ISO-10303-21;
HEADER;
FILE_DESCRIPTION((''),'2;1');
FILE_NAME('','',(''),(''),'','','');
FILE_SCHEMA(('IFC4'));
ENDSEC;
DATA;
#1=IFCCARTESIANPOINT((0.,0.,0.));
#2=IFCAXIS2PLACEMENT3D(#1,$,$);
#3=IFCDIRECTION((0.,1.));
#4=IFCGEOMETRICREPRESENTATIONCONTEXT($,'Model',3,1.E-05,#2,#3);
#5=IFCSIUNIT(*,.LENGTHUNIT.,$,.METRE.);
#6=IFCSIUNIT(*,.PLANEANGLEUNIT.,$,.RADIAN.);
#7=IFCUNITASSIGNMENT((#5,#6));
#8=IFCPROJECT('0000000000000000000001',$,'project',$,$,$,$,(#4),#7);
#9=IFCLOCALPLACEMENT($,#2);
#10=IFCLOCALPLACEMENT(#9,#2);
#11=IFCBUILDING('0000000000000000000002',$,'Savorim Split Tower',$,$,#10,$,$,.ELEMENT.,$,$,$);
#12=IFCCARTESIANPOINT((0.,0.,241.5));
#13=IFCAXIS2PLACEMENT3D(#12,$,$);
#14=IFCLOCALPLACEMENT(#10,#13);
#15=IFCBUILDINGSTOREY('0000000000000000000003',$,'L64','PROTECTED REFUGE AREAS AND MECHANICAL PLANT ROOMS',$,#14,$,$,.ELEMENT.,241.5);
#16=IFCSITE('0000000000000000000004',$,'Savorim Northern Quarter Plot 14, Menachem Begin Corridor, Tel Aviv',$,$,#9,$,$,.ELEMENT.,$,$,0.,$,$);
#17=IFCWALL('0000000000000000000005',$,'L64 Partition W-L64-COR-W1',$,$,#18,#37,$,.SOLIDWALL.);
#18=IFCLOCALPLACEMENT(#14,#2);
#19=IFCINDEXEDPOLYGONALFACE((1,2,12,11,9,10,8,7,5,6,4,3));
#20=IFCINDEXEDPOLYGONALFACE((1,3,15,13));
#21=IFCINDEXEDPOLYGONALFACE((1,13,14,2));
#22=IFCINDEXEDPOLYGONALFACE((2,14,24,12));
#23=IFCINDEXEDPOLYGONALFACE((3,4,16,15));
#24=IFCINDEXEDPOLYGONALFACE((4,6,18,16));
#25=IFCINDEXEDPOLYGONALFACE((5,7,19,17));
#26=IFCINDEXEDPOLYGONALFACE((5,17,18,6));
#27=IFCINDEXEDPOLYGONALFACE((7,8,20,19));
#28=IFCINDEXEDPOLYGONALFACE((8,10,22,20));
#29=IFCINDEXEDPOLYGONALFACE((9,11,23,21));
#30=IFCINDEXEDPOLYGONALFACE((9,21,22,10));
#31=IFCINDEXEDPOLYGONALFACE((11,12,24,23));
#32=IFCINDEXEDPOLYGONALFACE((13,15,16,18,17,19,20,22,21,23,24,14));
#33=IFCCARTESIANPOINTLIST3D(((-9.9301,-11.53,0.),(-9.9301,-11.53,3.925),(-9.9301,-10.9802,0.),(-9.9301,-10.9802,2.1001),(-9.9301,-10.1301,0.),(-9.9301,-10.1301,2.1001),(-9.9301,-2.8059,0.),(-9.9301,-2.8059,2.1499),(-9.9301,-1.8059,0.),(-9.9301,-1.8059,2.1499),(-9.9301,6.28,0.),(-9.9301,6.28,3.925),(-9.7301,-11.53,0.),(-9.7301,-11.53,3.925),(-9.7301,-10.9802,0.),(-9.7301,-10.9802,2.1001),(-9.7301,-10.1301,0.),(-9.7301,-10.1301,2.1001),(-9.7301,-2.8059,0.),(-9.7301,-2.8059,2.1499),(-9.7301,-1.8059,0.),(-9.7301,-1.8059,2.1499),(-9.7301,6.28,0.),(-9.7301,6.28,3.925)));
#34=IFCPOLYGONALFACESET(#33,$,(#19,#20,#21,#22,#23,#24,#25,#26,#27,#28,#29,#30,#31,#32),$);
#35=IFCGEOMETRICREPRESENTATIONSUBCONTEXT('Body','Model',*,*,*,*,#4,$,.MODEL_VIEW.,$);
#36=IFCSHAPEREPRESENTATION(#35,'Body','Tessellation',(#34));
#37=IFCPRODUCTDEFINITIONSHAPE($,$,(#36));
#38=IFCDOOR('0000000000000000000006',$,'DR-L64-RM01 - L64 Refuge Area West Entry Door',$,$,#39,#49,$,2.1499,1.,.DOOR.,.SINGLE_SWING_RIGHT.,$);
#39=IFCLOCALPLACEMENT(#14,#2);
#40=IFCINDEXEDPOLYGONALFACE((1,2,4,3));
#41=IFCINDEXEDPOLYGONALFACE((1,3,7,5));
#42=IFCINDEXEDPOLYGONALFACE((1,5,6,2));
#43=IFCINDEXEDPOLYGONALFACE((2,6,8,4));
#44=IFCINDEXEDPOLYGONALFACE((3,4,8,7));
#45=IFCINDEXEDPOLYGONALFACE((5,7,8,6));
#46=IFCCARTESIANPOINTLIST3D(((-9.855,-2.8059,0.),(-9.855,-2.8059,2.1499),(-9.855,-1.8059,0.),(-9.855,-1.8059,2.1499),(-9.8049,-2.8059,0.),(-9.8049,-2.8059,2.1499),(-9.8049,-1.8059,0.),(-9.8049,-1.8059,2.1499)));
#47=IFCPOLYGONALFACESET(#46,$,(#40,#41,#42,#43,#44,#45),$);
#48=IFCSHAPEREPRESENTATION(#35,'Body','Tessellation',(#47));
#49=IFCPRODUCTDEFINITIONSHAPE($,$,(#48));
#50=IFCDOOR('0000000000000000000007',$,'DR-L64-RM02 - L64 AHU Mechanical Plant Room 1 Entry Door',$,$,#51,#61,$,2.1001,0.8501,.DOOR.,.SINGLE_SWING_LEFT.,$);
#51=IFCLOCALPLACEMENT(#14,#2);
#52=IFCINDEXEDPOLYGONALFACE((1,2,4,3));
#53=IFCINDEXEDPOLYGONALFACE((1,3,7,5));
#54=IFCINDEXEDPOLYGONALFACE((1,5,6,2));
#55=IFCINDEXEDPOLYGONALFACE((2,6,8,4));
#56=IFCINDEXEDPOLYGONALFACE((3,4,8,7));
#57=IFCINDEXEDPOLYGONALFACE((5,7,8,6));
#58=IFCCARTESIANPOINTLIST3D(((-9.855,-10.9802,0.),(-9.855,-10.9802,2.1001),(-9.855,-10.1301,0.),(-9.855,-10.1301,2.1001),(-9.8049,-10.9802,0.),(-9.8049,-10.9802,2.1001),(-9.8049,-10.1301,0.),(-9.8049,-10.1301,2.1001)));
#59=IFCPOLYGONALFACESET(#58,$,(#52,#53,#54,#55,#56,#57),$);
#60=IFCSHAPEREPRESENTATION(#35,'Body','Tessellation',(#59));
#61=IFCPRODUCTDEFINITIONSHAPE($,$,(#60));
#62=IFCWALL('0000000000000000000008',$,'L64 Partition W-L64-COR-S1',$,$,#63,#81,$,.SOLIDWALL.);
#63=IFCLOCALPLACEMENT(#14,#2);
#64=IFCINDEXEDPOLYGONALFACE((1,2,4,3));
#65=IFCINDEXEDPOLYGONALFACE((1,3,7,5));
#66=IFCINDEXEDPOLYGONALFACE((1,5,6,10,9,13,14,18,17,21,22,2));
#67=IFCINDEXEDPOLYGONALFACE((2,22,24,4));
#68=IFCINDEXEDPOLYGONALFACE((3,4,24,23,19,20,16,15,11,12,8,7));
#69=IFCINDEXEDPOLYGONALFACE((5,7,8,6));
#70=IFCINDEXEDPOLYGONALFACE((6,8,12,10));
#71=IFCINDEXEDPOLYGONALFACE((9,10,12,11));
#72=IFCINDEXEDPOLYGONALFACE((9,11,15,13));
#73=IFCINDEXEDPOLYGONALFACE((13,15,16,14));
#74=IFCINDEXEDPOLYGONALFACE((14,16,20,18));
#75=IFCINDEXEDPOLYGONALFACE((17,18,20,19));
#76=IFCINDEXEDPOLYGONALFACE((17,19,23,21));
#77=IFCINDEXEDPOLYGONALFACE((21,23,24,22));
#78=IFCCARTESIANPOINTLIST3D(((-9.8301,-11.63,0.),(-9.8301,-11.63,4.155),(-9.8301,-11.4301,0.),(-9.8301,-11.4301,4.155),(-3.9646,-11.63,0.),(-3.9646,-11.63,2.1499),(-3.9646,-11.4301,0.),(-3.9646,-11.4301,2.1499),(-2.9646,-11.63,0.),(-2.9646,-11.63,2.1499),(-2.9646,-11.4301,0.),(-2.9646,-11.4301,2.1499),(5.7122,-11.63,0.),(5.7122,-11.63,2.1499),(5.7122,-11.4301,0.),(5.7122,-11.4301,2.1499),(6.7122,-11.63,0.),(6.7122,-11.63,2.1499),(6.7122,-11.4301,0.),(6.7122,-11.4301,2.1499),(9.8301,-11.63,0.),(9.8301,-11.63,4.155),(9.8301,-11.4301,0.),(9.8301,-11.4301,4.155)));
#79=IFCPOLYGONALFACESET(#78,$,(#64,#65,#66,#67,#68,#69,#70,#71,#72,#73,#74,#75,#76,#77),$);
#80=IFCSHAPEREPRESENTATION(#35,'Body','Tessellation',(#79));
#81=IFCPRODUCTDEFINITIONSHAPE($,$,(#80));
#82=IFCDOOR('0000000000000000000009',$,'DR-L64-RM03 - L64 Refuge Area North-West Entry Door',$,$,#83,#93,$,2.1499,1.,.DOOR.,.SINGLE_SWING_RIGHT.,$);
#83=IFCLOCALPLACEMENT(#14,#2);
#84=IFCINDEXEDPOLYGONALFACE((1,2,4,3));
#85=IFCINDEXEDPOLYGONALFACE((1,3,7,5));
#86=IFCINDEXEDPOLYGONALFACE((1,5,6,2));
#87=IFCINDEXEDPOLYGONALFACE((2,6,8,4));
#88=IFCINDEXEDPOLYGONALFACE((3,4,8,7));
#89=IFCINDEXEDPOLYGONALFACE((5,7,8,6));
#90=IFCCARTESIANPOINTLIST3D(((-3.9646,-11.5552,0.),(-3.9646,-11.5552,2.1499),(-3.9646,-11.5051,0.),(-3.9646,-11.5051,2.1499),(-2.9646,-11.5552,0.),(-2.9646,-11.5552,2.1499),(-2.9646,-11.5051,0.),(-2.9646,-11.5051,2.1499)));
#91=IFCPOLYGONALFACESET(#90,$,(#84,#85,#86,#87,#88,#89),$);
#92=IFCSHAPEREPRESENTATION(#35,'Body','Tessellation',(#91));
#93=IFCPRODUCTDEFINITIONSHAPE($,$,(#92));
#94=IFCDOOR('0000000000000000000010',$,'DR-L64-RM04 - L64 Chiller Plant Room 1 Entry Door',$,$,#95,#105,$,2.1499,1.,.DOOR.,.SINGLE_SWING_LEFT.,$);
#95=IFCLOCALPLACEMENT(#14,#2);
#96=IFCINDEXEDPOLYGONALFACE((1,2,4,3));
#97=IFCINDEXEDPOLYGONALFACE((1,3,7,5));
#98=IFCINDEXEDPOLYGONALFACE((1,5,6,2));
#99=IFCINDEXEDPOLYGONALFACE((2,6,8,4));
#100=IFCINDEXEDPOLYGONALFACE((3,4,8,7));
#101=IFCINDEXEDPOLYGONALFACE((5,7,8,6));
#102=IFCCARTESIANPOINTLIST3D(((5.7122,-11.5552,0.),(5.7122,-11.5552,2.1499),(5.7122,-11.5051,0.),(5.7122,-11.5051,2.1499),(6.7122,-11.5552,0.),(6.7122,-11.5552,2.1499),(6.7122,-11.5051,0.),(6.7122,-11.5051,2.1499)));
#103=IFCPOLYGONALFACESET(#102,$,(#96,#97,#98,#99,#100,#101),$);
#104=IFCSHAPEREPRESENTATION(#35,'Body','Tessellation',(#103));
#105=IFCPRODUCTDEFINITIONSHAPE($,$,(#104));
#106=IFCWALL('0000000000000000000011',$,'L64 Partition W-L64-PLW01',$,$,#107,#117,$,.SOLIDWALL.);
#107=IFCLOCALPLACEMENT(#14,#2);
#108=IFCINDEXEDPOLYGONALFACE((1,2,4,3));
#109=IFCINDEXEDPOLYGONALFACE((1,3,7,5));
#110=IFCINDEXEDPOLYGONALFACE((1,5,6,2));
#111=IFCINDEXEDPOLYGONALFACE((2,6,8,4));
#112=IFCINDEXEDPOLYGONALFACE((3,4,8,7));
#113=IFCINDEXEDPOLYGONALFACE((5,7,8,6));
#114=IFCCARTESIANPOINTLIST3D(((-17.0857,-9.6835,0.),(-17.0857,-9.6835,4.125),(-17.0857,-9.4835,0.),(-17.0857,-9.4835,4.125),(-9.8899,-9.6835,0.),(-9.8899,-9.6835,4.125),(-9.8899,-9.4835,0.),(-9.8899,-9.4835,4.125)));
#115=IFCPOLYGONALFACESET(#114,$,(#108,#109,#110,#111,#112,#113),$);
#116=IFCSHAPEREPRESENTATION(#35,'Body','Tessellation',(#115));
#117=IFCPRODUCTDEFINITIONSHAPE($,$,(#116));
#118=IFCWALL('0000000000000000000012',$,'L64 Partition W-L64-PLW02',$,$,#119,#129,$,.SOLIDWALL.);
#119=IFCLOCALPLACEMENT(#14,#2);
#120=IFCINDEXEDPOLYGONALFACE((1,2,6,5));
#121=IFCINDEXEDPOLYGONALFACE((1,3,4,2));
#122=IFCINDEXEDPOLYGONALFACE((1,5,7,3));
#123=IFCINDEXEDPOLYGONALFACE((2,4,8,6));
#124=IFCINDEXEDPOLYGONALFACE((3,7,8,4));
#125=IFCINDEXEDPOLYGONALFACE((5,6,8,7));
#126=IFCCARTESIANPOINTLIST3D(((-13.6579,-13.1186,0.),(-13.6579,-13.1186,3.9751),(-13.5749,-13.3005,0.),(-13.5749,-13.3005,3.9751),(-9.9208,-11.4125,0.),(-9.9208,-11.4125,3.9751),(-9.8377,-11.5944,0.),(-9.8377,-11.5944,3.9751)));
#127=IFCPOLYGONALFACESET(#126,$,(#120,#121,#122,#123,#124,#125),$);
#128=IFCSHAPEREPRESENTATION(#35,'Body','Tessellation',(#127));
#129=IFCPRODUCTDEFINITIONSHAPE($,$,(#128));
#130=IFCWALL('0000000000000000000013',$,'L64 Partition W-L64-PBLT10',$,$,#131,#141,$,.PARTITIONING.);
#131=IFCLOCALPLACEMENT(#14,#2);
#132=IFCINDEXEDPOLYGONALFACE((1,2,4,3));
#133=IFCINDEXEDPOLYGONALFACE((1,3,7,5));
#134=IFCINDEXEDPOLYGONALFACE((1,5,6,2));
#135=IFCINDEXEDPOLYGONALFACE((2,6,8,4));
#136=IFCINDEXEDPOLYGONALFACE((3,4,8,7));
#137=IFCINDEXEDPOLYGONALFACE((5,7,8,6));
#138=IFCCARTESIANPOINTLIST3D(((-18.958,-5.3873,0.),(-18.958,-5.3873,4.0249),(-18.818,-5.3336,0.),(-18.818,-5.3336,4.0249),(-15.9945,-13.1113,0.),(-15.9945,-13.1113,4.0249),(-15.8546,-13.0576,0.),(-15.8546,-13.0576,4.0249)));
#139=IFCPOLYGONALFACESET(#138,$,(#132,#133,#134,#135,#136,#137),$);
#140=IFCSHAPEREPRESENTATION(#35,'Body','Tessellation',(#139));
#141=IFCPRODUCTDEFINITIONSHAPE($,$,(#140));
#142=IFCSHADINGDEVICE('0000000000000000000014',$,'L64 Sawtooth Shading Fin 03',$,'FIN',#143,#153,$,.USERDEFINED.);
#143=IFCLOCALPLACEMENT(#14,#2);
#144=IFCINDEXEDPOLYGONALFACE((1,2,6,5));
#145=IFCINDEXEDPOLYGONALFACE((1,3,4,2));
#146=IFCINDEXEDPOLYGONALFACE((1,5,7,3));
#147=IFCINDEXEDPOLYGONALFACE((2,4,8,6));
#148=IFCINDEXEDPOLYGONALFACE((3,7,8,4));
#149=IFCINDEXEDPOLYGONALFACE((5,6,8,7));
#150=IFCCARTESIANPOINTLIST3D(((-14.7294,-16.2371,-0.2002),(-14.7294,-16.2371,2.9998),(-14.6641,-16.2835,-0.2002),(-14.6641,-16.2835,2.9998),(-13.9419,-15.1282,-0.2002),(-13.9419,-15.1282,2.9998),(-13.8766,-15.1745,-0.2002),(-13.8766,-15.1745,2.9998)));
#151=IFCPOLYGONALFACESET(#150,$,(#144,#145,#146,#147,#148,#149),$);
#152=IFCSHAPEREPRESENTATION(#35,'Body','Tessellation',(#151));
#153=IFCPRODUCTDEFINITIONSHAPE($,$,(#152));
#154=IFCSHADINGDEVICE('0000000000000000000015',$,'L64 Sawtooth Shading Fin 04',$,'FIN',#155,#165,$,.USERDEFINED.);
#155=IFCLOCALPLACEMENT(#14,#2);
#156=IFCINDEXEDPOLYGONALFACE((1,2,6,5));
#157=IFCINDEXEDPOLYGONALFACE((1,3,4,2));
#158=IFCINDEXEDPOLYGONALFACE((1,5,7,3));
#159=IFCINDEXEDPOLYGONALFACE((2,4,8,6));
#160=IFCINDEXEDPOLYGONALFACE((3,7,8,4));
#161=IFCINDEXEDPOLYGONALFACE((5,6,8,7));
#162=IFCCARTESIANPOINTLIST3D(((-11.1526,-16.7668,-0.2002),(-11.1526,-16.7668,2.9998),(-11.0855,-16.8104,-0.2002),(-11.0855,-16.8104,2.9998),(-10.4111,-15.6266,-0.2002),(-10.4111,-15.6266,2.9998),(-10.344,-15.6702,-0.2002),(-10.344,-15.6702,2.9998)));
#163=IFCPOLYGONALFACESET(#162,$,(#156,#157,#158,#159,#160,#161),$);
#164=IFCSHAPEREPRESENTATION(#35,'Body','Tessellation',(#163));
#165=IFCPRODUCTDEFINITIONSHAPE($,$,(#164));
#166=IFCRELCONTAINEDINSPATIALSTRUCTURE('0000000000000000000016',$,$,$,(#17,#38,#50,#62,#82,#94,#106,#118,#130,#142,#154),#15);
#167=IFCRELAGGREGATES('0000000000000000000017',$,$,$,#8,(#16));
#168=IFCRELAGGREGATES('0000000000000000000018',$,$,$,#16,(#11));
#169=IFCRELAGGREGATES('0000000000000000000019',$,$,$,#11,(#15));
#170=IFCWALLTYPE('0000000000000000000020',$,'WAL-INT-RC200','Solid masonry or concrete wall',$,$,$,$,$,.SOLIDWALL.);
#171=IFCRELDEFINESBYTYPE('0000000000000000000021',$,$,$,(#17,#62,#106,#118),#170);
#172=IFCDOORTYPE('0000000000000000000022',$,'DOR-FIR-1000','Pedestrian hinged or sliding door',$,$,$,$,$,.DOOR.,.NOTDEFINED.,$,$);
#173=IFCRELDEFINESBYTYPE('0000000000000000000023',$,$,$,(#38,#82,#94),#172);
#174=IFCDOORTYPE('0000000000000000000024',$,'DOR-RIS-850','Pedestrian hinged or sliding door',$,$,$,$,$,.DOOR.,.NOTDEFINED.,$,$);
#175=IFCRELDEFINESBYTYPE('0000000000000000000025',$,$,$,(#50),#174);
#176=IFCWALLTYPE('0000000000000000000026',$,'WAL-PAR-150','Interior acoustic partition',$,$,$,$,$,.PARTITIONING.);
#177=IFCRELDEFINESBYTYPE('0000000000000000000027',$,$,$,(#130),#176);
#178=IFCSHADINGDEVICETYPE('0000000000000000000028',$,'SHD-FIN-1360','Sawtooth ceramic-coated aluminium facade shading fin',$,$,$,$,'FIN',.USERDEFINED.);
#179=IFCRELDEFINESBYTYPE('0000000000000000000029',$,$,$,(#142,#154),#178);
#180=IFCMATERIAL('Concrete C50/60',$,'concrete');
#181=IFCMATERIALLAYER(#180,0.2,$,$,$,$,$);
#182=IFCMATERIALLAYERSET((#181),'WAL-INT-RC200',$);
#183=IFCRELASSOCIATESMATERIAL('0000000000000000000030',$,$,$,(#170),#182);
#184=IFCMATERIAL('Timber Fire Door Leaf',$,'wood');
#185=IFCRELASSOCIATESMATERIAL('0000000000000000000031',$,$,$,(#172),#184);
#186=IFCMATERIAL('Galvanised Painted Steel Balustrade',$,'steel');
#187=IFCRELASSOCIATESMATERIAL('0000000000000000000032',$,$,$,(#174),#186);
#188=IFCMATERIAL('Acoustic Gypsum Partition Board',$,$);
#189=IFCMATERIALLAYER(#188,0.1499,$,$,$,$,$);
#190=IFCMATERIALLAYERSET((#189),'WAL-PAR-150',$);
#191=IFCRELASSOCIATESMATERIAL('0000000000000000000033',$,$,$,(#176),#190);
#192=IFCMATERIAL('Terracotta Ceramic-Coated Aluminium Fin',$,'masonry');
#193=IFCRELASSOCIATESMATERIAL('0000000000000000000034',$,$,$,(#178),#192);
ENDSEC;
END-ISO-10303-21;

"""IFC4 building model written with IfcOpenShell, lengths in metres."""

from ifc_helpers import new_model, si_unit, direction, frame, frame_2d, origin, origin_2d, place, context, subcontext, project, spatial, rectangle, extrude, material, layer, layer_set, type_object, element, fill, save


model = new_model("IFC4")

# Units and contexts
model_context = context("Model", 3, precision=1e-05, world=origin(), true_north=direction((0.0, 1.0)))
body_context = subcontext(model_context, "Body", "Model", "MODEL_VIEW")
ifc_project = project(units=[si_unit("LENGTHUNIT", "METRE"), si_unit("PLANEANGLEUNIT", "RADIAN")], contexts=[model_context])

# Site, building, storey
site_placement = place(None, origin())
site = spatial("IfcSite", under=ifc_project, at=site_placement, Name="Savorim Northern Quarter Plot 14, Menachem Begin Corridor, Tel Aviv", CompositionType="ELEMENT", RefElevation=0.0)
building_placement = place(site_placement, origin())
building = spatial("IfcBuilding", under=site, at=building_placement, Name="Savorim Split Tower", CompositionType="ELEMENT")
storey_placement = place(building_placement, frame((0.0, 0.0, 241.5)))
storey = spatial("IfcBuildingStorey", under=building, at=storey_placement, Name="L64", Description="PROTECTED REFUGE AREAS AND MECHANICAL PLANT ROOMS", CompositionType="ELEMENT", Elevation=241.5)

# Shared definitions
ifc_material_1 = material(Name="Timber Fire Door Leaf", Category="wood")

# Walls, openings, doors
ifc_material_2 = material(Name="Concrete C50/60", Category="concrete")
ifc_layer_1 = layer(ifc_material_2, 0.2)
ifc_layer_set_1 = layer_set([ifc_layer_1], Name="WAL-INT-RC200")
wall_type_1 = type_object("IfcWallType", Name="WAL-INT-RC200", Description="Solid masonry or concrete wall", PredefinedType="SOLIDWALL", material=ifc_layer_set_1)
wall_1_placement = place(storey_placement, frame((-9.8301, -11.53, 0.0), z_axis=(0.0, 0.0, 1.0), x_axis=(0.0, 1.0, 0.0)))
wall_1 = element("IfcWall", 1, at=wall_1_placement, inside=storey, type_object=wall_type_1, Name="L64 Partition W-L64-COR-W1", PredefinedType="SOLIDWALL", context=body_context, shape_type="SweptSolid", body=[
    extrude(rectangle(XDim=17.8101, YDim=0.2, at=frame_2d((8.905, 0.0))), origin(), (0.0, 0.0, 1.0), 3.925),
])
opening_1_placement = place(wall_1_placement, frame((8.7241, 0.0, 0.0)))
opening_1 = element("IfcOpeningElement", 2, at=opening_1_placement, cuts=wall_1, PredefinedType="OPENING", context=body_context, shape_type="SweptSolid", body=[
    extrude(rectangle(XDim=1.0, YDim=2.1499, at=frame_2d((0.5, 1.075))), frame((0.0, 0.1099, 0.0), z_axis=(0.0, -1.0, 0.0), x_axis=(1.0, 0.0, 0.0)), (0.0, 0.0, 1.0), 0.22),
])
opening_2_placement = place(wall_1_placement, frame((0.5498, 0.0, 0.0)))
opening_2 = element("IfcOpeningElement", 3, at=opening_2_placement, cuts=wall_1, PredefinedType="OPENING", context=body_context, shape_type="SweptSolid", body=[
    extrude(rectangle(XDim=0.8501, YDim=2.1001, at=frame_2d((0.425, 1.05))), frame((0.0, 0.1099, 0.0), z_axis=(0.0, -1.0, 0.0), x_axis=(1.0, 0.0, 0.0)), (0.0, 0.0, 1.0), 0.22),
])
door_type_1 = type_object("IfcDoorType", Name="DOR-FIR-1000", Description="Pedestrian hinged or sliding door", OperationType="NOTDEFINED", PredefinedType="DOOR", material=ifc_material_1)
door_1_placement = place(opening_1_placement, origin())
door_1 = element("IfcDoor", 4, at=door_1_placement, inside=storey, type_object=door_type_1, Name="DR-L64-RM01 - L64 Refuge Area West Entry Door", OperationType="SINGLE_SWING_RIGHT", OverallHeight=2.1499, OverallWidth=1.0, PredefinedType="DOOR", context=body_context, shape_type="SweptSolid", body=[
    extrude(rectangle(XDim=1.0, YDim=2.1499, at=frame_2d((0.5, 1.075))), frame((0.0, 0.0249, 0.0), z_axis=(0.0, -1.0, 0.0), x_axis=(1.0, 0.0, 0.0)), (0.0, 0.0, 1.0), 0.05),
])
fill(opening_1, door_1)
ifc_material_3 = material(Name="Galvanised Painted Steel Balustrade", Category="steel")
door_type_2 = type_object("IfcDoorType", Name="DOR-RIS-850", Description="Pedestrian hinged or sliding door", OperationType="NOTDEFINED", PredefinedType="DOOR", material=ifc_material_3)
door_2_placement = place(opening_2_placement, origin())
door_2 = element("IfcDoor", 5, at=door_2_placement, inside=storey, type_object=door_type_2, Name="DR-L64-RM02 - L64 AHU Mechanical Plant Room 1 Entry Door", OperationType="SINGLE_SWING_LEFT", OverallHeight=2.1001, OverallWidth=0.8501, PredefinedType="DOOR", context=body_context, shape_type="SweptSolid", body=[
    extrude(rectangle(XDim=0.8501, YDim=2.1001, at=frame_2d((0.425, 1.05))), frame((0.0, 0.0249, 0.0), z_axis=(0.0, -1.0, 0.0), x_axis=(1.0, 0.0, 0.0)), (0.0, 0.0, 1.0), 0.05),
])
fill(opening_2, door_2)
wall_2_placement = place(storey_placement, frame((-9.8301, -11.53, 0.0), z_axis=(0.0, 0.0, 1.0), x_axis=(1.0, 0.0, 0.0)))
wall_2 = element("IfcWall", 6, at=wall_2_placement, inside=storey, type_object=wall_type_1, Name="L64 Partition W-L64-COR-S1", PredefinedType="SOLIDWALL", context=body_context, shape_type="SweptSolid", body=[
    extrude(rectangle(XDim=19.6602, YDim=0.2, at=frame_2d((9.8301, 0.0))), origin(), (0.0, 0.0, 1.0), 4.155),
])
opening_3_placement = place(wall_2_placement, frame((5.8655, 0.0, 0.0)))
opening_3 = element("IfcOpeningElement", 7, at=opening_3_placement, cuts=wall_2, PredefinedType="OPENING", context=body_context, shape_type="SweptSolid", body=[
    extrude(rectangle(XDim=1.0, YDim=2.1499, at=frame_2d((0.5, 1.075))), frame((0.0, 0.1099, 0.0), z_axis=(0.0, -1.0, 0.0), x_axis=(1.0, 0.0, 0.0)), (0.0, 0.0, 1.0), 0.22),
])
opening_4_placement = place(wall_2_placement, frame((15.5422, 0.0, 0.0)))
opening_4 = element("IfcOpeningElement", 8, at=opening_4_placement, cuts=wall_2, PredefinedType="OPENING", context=body_context, shape_type="SweptSolid", body=[
    extrude(rectangle(XDim=1.0, YDim=2.1499, at=frame_2d((0.5, 1.075))), frame((0.0, 0.1099, 0.0), z_axis=(0.0, -1.0, 0.0), x_axis=(1.0, 0.0, 0.0)), (0.0, 0.0, 1.0), 0.22),
])
door_3_placement = place(opening_3_placement, origin())
door_3 = element("IfcDoor", 9, at=door_3_placement, inside=storey, type_object=door_type_1, Name="DR-L64-RM03 - L64 Refuge Area North-West Entry Door", OperationType="SINGLE_SWING_RIGHT", OverallHeight=2.1499, OverallWidth=1.0, PredefinedType="DOOR", context=body_context, shape_type="SweptSolid", body=[
    extrude(rectangle(XDim=1.0, YDim=2.1499, at=frame_2d((0.5, 1.075))), frame((0.0, 0.0249, 0.0), z_axis=(0.0, -1.0, 0.0), x_axis=(1.0, 0.0, 0.0)), (0.0, 0.0, 1.0), 0.05),
])
fill(opening_3, door_3)
door_4_placement = place(opening_4_placement, origin())
door_4 = element("IfcDoor", 10, at=door_4_placement, inside=storey, type_object=door_type_1, Name="DR-L64-RM04 - L64 Chiller Plant Room 1 Entry Door", OperationType="SINGLE_SWING_LEFT", OverallHeight=2.1499, OverallWidth=1.0, PredefinedType="DOOR", context=body_context, shape_type="SweptSolid", body=[
    extrude(rectangle(XDim=1.0, YDim=2.1499, at=frame_2d((0.5, 1.075))), frame((0.0, 0.0249, 0.0), z_axis=(0.0, -1.0, 0.0), x_axis=(1.0, 0.0, 0.0)), (0.0, 0.0, 1.0), 0.05),
])
fill(opening_4, door_4)

# Walls
wall_3_placement = place(storey_placement, frame((-9.8899, -9.5835, 0.0), z_axis=(0.0, 0.0, 1.0), x_axis=(-1.0, 0.0, 0.0)))
element("IfcWall", 11, at=wall_3_placement, inside=storey, type_object=wall_type_1, Name="L64 Partition W-L64-PLW01", PredefinedType="SOLIDWALL", context=body_context, shape_type="SweptSolid", body=[
    extrude(rectangle(XDim=7.1958, YDim=0.2, at=frame_2d((3.5979, 0.0))), origin(), (0.0, 0.0, 1.0), 4.125),
])
wall_4_placement = place(storey_placement, frame((-9.8792, -11.5034, 0.0), z_axis=(0.0, 0.0, 1.0), x_axis=(-0.909688, -0.415293, 0.0)))
element("IfcWall", 12, at=wall_4_placement, inside=storey, type_object=wall_type_1, Name="L64 Partition W-L64-PLW02", PredefinedType="SOLIDWALL", context=body_context, shape_type="SweptSolid", body=[
    extrude(rectangle(XDim=4.1082, YDim=0.2, at=frame_2d((2.0542, 0.0))), origin(), (0.0, 0.0, 1.0), 3.9751),
])
ifc_material_4 = material(Name="Acoustic Gypsum Partition Board")
ifc_layer_2 = layer(ifc_material_4, 0.1499)
ifc_layer_set_2 = layer_set([ifc_layer_2], Name="WAL-PAR-150")
wall_type_2 = type_object("IfcWallType", Name="WAL-PAR-150", Description="Interior acoustic partition", PredefinedType="PARTITIONING", material=ifc_layer_set_2)
wall_5_placement = place(storey_placement, frame((-15.9246, -13.0845, 0.0), z_axis=(0.0, 0.0, 1.0), x_axis=(-0.358206, 0.933643, 0.0)))
element("IfcWall", 13, at=wall_5_placement, inside=storey, type_object=wall_type_2, Name="L64 Partition W-L64-PBLT10", PredefinedType="PARTITIONING", context=body_context, shape_type="SweptSolid", body=[
    extrude(rectangle(XDim=8.2729, YDim=0.1499, at=frame_2d((4.1365, 0.0))), origin(), (0.0, 0.0, 1.0), 4.0249),
])

# Shading devices
ifc_material_5 = material(Name="Terracotta Ceramic-Coated Aluminium Fin", Category="masonry")
shading_device_type_1 = type_object("IfcShadingDeviceType", Name="SHD-FIN-1360", Description="Sawtooth ceramic-coated aluminium facade shading fin", ElementType="FIN", PredefinedType="USERDEFINED", material=ifc_material_5)
for number, where, z_axis, x_axis, name in (
    (14, (-14.303, -15.7058, -0.2002), (0.0, 0.0, 1.0), (-0.578994, -0.815332, 0.0), "L64 Sawtooth Shading Fin 03"),
    (15, (-10.7483, -16.2185, -0.2002), (0.0, 0.0, 1.0), (-0.545148, -0.83834, 0.0), "L64 Sawtooth Shading Fin 04"),
):
    element("IfcShadingDevice", number, at=place(storey_placement, frame(where, z_axis=z_axis, x_axis=x_axis)), inside=storey, type_object=shading_device_type_1, Name=name, ObjectType="FIN", PredefinedType="USERDEFINED", context=body_context, shape_type="SweptSolid", body=[
        extrude(rectangle(XDim=1.3601, YDim=0.0801, at=origin_2d()), origin(), (0.0, 0.0, 1.0), 3.2),
    ])

save(model, "model.ifc")
